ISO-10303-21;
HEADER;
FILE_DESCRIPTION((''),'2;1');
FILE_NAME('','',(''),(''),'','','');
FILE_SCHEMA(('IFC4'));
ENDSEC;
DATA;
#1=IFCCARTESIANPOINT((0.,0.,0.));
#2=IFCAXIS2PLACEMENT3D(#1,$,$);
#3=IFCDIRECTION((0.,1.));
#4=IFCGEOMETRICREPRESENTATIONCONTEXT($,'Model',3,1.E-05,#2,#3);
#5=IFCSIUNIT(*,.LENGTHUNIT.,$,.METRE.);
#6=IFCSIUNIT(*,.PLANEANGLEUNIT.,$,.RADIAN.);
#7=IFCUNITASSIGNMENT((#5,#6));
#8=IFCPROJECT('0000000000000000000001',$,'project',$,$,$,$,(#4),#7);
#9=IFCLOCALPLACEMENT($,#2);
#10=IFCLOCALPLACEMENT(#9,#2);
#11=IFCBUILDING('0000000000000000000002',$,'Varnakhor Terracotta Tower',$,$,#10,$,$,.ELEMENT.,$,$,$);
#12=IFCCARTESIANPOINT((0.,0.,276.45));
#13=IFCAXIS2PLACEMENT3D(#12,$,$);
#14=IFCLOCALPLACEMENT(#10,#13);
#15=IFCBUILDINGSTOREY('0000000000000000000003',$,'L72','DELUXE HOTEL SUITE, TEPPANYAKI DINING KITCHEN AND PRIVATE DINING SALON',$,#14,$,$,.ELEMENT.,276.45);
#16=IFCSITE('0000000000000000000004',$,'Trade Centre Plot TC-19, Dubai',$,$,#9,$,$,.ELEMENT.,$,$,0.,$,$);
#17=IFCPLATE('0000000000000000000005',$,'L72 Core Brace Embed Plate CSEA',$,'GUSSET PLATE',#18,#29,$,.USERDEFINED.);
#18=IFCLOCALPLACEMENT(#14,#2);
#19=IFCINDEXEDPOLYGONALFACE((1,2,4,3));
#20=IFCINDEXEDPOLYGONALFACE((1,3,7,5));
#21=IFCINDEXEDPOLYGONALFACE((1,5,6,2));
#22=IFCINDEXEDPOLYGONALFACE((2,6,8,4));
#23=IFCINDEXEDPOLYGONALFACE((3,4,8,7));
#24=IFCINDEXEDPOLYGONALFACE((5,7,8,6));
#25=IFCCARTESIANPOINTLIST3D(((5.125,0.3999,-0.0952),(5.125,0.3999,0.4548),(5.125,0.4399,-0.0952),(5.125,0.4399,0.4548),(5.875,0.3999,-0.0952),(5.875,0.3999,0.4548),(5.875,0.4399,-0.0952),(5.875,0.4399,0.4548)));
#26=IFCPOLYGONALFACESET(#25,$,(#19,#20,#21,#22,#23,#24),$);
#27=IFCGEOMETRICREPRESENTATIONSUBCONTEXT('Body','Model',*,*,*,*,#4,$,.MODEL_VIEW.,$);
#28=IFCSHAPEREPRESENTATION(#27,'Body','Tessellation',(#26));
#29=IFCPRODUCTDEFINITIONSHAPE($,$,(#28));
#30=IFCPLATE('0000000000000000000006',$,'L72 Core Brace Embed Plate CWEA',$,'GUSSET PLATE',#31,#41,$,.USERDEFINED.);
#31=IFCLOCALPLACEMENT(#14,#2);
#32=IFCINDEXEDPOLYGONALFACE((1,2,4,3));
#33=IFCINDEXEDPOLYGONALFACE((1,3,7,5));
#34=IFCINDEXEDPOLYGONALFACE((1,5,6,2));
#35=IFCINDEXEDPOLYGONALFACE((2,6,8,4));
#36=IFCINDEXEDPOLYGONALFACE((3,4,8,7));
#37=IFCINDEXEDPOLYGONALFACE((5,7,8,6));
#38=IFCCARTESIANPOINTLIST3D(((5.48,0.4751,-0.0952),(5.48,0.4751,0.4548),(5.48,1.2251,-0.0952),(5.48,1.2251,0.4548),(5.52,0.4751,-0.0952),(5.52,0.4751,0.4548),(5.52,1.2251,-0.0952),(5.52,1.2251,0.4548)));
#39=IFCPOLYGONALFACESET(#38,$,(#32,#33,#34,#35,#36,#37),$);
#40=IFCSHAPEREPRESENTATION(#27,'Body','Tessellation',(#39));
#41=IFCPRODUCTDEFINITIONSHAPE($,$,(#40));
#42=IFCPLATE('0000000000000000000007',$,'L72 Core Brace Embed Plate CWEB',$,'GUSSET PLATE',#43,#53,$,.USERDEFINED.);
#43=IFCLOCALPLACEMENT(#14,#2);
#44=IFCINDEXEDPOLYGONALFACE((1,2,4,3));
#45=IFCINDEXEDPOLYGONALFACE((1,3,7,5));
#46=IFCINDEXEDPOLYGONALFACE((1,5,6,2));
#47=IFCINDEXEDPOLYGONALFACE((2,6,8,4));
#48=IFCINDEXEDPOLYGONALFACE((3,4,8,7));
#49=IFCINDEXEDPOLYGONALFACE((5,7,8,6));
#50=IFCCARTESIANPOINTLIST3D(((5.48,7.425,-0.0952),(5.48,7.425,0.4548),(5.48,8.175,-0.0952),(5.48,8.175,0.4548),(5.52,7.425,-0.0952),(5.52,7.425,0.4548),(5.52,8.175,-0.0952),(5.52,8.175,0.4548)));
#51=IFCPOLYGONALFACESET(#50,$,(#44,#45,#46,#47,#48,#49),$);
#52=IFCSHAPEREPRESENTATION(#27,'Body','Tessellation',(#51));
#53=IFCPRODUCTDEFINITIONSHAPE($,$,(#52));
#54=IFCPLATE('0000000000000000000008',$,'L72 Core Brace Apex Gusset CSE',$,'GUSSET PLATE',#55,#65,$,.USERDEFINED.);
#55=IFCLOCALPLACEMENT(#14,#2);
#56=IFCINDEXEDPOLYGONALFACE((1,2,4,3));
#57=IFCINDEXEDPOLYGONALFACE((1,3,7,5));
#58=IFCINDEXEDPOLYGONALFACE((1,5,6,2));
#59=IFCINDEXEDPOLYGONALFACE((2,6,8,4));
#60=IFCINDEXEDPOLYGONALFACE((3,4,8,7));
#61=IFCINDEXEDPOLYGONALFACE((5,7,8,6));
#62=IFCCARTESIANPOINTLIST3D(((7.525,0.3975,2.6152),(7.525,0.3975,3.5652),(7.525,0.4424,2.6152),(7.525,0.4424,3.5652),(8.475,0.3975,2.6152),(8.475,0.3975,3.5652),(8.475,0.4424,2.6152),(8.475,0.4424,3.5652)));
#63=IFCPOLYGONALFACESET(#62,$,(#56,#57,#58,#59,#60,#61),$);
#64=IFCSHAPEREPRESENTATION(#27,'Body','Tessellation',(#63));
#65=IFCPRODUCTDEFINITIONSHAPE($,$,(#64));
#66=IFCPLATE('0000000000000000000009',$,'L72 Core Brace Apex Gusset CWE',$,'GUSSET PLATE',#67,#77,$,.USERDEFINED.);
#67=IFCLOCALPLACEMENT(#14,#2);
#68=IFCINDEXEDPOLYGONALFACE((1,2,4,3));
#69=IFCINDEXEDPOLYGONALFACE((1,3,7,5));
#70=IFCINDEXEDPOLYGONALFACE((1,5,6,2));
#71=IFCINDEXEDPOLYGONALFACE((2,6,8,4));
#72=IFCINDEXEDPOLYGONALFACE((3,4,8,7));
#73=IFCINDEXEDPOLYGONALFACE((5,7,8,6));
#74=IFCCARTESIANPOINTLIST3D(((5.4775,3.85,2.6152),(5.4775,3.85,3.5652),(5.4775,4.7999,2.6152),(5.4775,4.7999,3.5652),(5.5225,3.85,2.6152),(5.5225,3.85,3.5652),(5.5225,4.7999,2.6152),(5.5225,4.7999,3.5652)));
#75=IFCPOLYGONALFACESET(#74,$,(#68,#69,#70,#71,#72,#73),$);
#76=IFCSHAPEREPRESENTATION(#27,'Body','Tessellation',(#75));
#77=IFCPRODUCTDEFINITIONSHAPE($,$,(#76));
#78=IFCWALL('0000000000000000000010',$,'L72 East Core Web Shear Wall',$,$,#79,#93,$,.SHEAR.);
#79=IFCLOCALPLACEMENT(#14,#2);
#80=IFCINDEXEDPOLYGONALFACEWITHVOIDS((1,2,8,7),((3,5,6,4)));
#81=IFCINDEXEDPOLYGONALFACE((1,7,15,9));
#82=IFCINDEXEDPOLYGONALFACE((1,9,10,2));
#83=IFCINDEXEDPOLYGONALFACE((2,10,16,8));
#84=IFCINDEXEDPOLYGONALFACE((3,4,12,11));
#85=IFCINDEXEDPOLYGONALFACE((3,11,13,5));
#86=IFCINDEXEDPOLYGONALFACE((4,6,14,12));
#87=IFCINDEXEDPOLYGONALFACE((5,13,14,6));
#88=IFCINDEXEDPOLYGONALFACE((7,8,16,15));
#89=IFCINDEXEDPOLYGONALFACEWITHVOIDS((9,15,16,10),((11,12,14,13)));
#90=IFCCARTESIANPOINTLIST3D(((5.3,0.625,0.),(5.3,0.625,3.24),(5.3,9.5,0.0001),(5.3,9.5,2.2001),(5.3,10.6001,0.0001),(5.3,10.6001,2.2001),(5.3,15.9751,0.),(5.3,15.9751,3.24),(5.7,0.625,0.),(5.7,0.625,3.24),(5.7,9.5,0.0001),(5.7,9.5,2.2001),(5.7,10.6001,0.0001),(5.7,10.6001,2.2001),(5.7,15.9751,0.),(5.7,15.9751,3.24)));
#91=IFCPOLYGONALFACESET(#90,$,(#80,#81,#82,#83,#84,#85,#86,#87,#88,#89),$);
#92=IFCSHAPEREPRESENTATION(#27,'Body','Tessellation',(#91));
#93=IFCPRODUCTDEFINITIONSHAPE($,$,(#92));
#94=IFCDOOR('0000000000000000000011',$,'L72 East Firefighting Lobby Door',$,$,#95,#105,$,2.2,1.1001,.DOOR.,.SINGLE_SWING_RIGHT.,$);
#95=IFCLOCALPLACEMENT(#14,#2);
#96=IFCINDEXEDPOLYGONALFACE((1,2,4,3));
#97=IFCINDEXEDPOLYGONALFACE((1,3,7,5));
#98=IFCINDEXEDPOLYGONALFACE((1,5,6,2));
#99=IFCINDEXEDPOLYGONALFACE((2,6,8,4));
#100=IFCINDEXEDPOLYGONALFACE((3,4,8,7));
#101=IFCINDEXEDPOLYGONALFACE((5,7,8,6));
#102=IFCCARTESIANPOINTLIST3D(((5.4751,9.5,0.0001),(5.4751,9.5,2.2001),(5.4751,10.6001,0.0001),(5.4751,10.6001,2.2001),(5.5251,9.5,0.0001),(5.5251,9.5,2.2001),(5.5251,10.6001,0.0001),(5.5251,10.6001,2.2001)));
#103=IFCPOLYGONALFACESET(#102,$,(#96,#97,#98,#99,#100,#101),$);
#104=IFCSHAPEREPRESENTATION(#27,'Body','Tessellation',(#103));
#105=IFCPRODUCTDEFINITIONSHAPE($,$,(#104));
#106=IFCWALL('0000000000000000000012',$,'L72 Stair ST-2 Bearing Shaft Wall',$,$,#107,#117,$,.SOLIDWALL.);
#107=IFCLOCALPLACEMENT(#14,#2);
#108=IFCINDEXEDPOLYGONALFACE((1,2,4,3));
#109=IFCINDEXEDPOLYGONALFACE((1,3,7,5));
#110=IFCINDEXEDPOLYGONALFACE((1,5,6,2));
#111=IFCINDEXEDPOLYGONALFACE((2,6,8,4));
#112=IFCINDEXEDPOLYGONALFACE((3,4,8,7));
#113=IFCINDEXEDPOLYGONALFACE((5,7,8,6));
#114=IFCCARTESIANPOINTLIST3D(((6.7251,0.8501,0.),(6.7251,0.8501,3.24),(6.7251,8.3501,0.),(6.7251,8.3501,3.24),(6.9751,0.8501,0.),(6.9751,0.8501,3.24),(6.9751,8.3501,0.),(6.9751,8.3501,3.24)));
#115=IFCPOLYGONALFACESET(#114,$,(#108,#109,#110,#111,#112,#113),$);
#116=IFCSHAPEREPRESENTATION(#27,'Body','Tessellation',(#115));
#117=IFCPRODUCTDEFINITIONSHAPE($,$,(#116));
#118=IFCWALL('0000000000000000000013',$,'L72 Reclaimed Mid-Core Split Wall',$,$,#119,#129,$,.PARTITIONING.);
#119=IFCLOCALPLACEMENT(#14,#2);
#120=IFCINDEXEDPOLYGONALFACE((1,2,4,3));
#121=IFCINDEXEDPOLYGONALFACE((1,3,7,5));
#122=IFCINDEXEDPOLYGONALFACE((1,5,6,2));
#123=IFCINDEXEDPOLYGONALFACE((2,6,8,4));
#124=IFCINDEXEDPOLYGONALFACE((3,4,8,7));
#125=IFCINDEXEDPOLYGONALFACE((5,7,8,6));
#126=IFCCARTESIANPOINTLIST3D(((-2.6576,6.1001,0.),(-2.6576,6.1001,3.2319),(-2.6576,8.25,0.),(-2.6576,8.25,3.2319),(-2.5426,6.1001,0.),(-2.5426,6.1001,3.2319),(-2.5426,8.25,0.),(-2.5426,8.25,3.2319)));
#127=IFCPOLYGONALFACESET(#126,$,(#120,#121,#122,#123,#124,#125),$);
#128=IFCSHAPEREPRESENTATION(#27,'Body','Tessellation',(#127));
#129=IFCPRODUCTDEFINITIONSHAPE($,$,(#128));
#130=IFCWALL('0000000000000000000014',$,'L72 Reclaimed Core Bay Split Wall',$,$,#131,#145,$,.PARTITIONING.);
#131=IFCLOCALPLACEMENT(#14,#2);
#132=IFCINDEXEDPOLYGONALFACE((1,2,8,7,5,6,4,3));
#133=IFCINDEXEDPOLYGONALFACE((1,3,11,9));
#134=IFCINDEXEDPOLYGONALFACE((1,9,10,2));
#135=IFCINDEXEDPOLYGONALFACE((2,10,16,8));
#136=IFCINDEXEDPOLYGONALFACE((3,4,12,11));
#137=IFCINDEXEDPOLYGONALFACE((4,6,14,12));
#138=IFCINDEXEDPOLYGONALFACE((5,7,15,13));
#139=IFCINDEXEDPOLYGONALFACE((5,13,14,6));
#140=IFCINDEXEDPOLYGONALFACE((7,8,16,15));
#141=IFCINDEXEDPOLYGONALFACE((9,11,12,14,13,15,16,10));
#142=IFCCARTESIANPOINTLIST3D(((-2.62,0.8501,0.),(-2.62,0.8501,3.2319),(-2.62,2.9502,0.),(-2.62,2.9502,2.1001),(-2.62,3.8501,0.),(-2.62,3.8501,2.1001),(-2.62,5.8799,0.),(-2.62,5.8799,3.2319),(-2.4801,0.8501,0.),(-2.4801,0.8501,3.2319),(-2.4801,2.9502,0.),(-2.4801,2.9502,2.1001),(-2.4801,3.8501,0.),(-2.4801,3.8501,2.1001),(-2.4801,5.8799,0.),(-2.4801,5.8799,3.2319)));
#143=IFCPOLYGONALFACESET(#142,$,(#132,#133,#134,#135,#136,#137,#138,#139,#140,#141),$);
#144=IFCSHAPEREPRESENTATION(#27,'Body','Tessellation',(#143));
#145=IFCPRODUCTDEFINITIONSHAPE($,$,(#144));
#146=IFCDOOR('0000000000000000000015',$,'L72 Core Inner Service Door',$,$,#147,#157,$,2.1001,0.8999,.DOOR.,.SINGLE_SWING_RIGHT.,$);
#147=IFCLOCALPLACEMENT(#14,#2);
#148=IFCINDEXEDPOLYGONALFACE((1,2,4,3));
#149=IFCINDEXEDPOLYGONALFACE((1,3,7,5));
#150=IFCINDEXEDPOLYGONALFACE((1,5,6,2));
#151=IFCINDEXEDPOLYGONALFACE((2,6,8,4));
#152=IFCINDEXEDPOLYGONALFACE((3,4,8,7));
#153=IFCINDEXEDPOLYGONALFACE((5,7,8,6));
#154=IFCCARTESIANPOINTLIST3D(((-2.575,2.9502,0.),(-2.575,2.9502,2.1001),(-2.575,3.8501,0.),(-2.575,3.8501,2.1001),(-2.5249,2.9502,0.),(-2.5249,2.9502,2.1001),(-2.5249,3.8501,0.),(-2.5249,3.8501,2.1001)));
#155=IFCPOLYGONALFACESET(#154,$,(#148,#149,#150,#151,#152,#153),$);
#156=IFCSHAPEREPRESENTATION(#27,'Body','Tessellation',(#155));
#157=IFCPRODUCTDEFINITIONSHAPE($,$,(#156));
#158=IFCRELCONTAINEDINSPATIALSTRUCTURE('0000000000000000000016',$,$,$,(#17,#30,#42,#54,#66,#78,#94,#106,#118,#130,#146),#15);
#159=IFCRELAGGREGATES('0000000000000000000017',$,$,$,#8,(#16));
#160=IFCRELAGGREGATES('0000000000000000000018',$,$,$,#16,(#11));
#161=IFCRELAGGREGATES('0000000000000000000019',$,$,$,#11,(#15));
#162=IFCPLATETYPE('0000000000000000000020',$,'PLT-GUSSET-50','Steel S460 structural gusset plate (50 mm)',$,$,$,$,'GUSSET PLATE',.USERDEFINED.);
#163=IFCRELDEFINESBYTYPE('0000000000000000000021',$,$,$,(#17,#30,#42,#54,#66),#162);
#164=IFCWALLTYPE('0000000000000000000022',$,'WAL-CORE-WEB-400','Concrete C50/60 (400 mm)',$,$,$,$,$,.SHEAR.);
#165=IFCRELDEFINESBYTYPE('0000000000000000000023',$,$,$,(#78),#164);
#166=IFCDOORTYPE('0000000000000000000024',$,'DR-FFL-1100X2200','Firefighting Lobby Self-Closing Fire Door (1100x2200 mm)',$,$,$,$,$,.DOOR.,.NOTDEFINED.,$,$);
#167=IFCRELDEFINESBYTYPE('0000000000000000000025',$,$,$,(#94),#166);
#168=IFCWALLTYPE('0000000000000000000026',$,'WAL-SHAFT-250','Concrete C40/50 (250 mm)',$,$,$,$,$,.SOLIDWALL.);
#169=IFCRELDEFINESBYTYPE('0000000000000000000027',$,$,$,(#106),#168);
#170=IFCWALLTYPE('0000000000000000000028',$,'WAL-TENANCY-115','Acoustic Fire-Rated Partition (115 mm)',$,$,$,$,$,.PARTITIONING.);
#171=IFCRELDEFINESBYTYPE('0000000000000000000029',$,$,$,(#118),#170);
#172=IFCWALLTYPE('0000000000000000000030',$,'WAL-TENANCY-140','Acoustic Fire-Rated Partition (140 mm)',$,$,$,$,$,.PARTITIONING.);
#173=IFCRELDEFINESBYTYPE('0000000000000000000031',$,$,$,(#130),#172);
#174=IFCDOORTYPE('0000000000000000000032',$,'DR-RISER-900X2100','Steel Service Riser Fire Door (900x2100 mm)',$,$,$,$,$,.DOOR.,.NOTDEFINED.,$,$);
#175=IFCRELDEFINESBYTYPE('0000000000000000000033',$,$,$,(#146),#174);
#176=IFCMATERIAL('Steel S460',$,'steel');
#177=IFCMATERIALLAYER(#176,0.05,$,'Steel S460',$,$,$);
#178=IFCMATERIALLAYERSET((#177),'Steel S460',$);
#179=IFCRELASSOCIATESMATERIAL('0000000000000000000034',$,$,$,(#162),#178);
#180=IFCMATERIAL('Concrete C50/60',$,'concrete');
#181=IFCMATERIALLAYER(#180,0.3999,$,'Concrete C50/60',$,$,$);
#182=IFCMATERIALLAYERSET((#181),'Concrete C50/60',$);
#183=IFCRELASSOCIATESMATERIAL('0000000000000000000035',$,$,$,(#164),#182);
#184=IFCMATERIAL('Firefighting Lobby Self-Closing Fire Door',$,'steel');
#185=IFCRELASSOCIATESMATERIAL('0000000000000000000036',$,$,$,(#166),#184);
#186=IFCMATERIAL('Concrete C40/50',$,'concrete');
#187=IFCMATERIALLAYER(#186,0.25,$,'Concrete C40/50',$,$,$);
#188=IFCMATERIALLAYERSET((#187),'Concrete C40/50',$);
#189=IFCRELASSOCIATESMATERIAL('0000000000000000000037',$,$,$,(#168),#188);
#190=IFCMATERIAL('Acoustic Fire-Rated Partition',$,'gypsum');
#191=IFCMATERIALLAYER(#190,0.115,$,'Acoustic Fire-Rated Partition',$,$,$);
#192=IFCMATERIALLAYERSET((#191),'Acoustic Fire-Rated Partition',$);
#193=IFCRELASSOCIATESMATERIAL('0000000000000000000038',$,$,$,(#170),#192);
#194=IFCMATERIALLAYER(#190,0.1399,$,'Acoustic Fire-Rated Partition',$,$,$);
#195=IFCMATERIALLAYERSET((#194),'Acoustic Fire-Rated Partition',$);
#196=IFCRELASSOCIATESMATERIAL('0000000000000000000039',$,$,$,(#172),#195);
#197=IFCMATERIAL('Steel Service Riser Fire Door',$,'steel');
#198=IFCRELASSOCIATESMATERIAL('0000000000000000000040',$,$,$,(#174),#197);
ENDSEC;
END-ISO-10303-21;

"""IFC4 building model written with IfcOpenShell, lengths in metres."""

from ifc_helpers import new_model, si_unit, direction, frame, frame_2d, origin, origin_2d, place, context, subcontext, project, spatial, rectangle, extrude, source, transform, mapped, material, layer, layer_set, type_object, type_shapes, element, fill, save


model = new_model("IFC4")

# Units and contexts
model_context = context("Model", 3, precision=1e-05, world=origin(), true_north=direction((0.0, 1.0)))
body_context = subcontext(model_context, "Body", "Model", "MODEL_VIEW")
ifc_project = project(units=[si_unit("LENGTHUNIT", "METRE"), si_unit("PLANEANGLEUNIT", "RADIAN")], contexts=[model_context])

# Site, building, storey
site_placement = place(None, origin())
site = spatial("IfcSite", under=ifc_project, at=site_placement, Name="Trade Centre Plot TC-19, Dubai", CompositionType="ELEMENT", RefElevation=0.0)
building_placement = place(site_placement, origin())
building = spatial("IfcBuilding", under=site, at=building_placement, Name="Varnakhor Terracotta Tower", CompositionType="ELEMENT")
storey_placement = place(building_placement, frame((0.0, 0.0, 276.45)))
storey = spatial("IfcBuildingStorey", under=building, at=storey_placement, Name="L72", Description="DELUXE HOTEL SUITE, TEPPANYAKI DINING KITCHEN AND PRIVATE DINING SALON", CompositionType="ELEMENT", Elevation=276.45)

# Shared definitions
ifc_material_1 = material(Name="Concrete C50/60", Category="concrete")

# Shared definitions
ifc_material_2 = material(Name="Concrete C40/50", Category="concrete")

# Plates
ifc_material_3 = material(Name="Steel S460", Category="steel")
ifc_layer_1 = layer(ifc_material_3, 0.05, Name="Steel S460")
ifc_layer_set_1 = layer_set([ifc_layer_1], Name="Steel S460")
plate_type = type_object("IfcPlateType", Name="PLT-GUSSET-50", Description="Steel S460 structural gusset plate (50 mm)", ElementType="GUSSET PLATE", PredefinedType="USERDEFINED", material=ifc_layer_set_1)
shared_shape_1 = source(origin(), body_context, "Body", "SweptSolid", [
    extrude(rectangle(XDim=0.75, YDim=0.04, at=origin_2d()), origin(), (0.0, 0.0, 1.0), 0.55),
])
type_shapes(plate_type, [shared_shape_1])
for number, where, z_axis, x_axis, name in (
    (1, (5.5, 0.4199, -0.0952), (0.0, 0.0, 1.0), (1.0, 0.0, 0.0), "L72 Core Brace Embed Plate CSEA"),
    (2, (5.5, 0.8501, -0.0952), (0.0, 0.0, 1.0), (0.0, 1.0, 0.0), "L72 Core Brace Embed Plate CWEA"),
    (3, (5.5, 7.8, -0.0952), (0.0, 0.0, 1.0), (0.0, 1.0, 0.0), "L72 Core Brace Embed Plate CWEB"),
):
    element("IfcPlate", number, at=place(storey_placement, frame(where, z_axis=z_axis, x_axis=x_axis)), inside=storey, type_object=plate_type, Name=name, ObjectType="GUSSET PLATE", PredefinedType="USERDEFINED", context=body_context, shape_type="MappedRepresentation", body=[
        mapped(shared_shape_1, transform((0.0, 0.0, 0.0), scale=1.0)),
    ])
shared_shape_2 = source(origin(), body_context, "Body", "SweptSolid", [
    extrude(rectangle(XDim=0.95, YDim=0.0449, at=origin_2d()), origin(), (0.0, 0.0, 1.0), 0.95),
])
for number, where, z_axis, x_axis, name in (
    (4, (8.0, 0.4199, 2.6152), (0.0, 0.0, 1.0), (1.0, 0.0, 0.0), "L72 Core Brace Apex Gusset CSE"),
    (5, (5.5, 4.325, 2.6152), (0.0, 0.0, 1.0), (0.0, 1.0, 0.0), "L72 Core Brace Apex Gusset CWE"),
):
    element("IfcPlate", number, at=place(storey_placement, frame(where, z_axis=z_axis, x_axis=x_axis)), inside=storey, type_object=plate_type, Name=name, ObjectType="GUSSET PLATE", PredefinedType="USERDEFINED", context=body_context, shape_type="MappedRepresentation", body=[
        mapped(shared_shape_2, transform((0.0, 0.0, 0.0), scale=1.0)),
    ])

# Wall, opening, door
ifc_layer_2 = layer(ifc_material_1, 0.3999, Name="Concrete C50/60")
ifc_layer_set_2 = layer_set([ifc_layer_2], Name="Concrete C50/60")
wall_type_1 = type_object("IfcWallType", Name="WAL-CORE-WEB-400", Description="Concrete C50/60 (400 mm)", PredefinedType="SHEAR", material=ifc_layer_set_2)
wall_1_placement = place(storey_placement, frame((5.5, 0.625, 0.0), z_axis=(0.0, 0.0, 1.0), x_axis=(0.0, 1.0, 0.0)))
wall_1 = element("IfcWall", 6, at=wall_1_placement, inside=storey, type_object=wall_type_1, Name="L72 East Core Web Shear Wall", PredefinedType="SHEAR", context=body_context, shape_type="SweptSolid", body=[
    extrude(rectangle(XDim=15.3501, YDim=0.3999, at=frame_2d((7.675, 0.0))), origin(), (0.0, 0.0, 1.0), 3.24),
])
opening_1_placement = place(wall_1_placement, frame((8.875, 0.0, 0.0)))
opening_1 = element("IfcOpeningElement", 7, at=opening_1_placement, cuts=wall_1, PredefinedType="OPENING", context=body_context, shape_type="SweptSolid", body=[
    extrude(rectangle(XDim=1.1001, YDim=2.2, at=frame_2d((0.55, 1.1001))), frame((0.0, 0.21, 0.0), z_axis=(0.0, -1.0, 0.0), x_axis=(1.0, 0.0, 0.0)), (0.0, 0.0, 1.0), 0.4199),
])
ifc_material_4 = material(Name="Firefighting Lobby Self-Closing Fire Door", Category="steel")
door_type_1 = type_object("IfcDoorType", Name="DR-FFL-1100X2200", Description="Firefighting Lobby Self-Closing Fire Door (1100x2200 mm)", OperationType="NOTDEFINED", PredefinedType="DOOR", material=ifc_material_4)
shared_shape_3 = source(origin(), body_context, "Body", "SweptSolid", [
    extrude(rectangle(XDim=1.1001, YDim=2.2, at=frame_2d((0.55, 1.1001))), frame((0.0, 0.0249, 0.0), z_axis=(0.0, -1.0, 0.0), x_axis=(1.0, 0.0, 0.0)), (0.0, 0.0, 1.0), 0.05),
])
type_shapes(door_type_1, [shared_shape_3])
door_1_placement = place(opening_1_placement, origin())
door_1 = element("IfcDoor", 8, at=door_1_placement, inside=storey, type_object=door_type_1, Name="L72 East Firefighting Lobby Door", OperationType="SINGLE_SWING_RIGHT", OverallHeight=2.2, OverallWidth=1.1001, PredefinedType="DOOR", context=body_context, shape_type="MappedRepresentation", body=[
    mapped(shared_shape_3, transform((0.0, 0.0, 0.0), scale=1.0)),
])
fill(opening_1, door_1)

# Walls
ifc_layer_3 = layer(ifc_material_2, 0.25, Name="Concrete C40/50")
ifc_layer_set_3 = layer_set([ifc_layer_3], Name="Concrete C40/50")
wall_type_2 = type_object("IfcWallType", Name="WAL-SHAFT-250", Description="Concrete C40/50 (250 mm)", PredefinedType="SOLIDWALL", material=ifc_layer_set_3)
wall_2_placement = place(storey_placement, frame((6.8501, 0.8501, 0.0), z_axis=(0.0, 0.0, 1.0), x_axis=(0.0, 1.0, 0.0)))
element("IfcWall", 9, at=wall_2_placement, inside=storey, type_object=wall_type_2, Name="L72 Stair ST-2 Bearing Shaft Wall", PredefinedType="SOLIDWALL", context=body_context, shape_type="SweptSolid", body=[
    extrude(rectangle(XDim=7.5, YDim=0.25, at=frame_2d((3.75, 0.0))), origin(), (0.0, 0.0, 1.0), 3.24),
])
ifc_material_5 = material(Name="Acoustic Fire-Rated Partition", Category="gypsum")
ifc_layer_4 = layer(ifc_material_5, 0.115, Name="Acoustic Fire-Rated Partition")
ifc_layer_set_4 = layer_set([ifc_layer_4], Name="Acoustic Fire-Rated Partition")
wall_type_3 = type_object("IfcWallType", Name="WAL-TENANCY-115", Description="Acoustic Fire-Rated Partition (115 mm)", PredefinedType="PARTITIONING", material=ifc_layer_set_4)
wall_3_placement = place(storey_placement, frame((-2.6001, 6.1001, 0.0), z_axis=(0.0, 0.0, 1.0), x_axis=(0.0, 1.0, 0.0)))
element("IfcWall", 10, at=wall_3_placement, inside=storey, type_object=wall_type_3, Name="L72 Reclaimed Mid-Core Split Wall", PredefinedType="PARTITIONING", context=body_context, shape_type="SweptSolid", body=[
    extrude(rectangle(XDim=2.1499, YDim=0.115, at=frame_2d((1.075, 0.0))), origin(), (0.0, 0.0, 1.0), 3.2319),
])

# Wall, opening, door
ifc_layer_5 = layer(ifc_material_5, 0.1399, Name="Acoustic Fire-Rated Partition")
ifc_layer_set_5 = layer_set([ifc_layer_5], Name="Acoustic Fire-Rated Partition")
wall_type_4 = type_object("IfcWallType", Name="WAL-TENANCY-140", Description="Acoustic Fire-Rated Partition (140 mm)", PredefinedType="PARTITIONING", material=ifc_layer_set_5)
wall_4_placement = place(storey_placement, frame((-2.55, 0.8501, 0.0), z_axis=(0.0, 0.0, 1.0), x_axis=(0.0, 1.0, 0.0)))
wall_4 = element("IfcWall", 11, at=wall_4_placement, inside=storey, type_object=wall_type_4, Name="L72 Reclaimed Core Bay Split Wall", PredefinedType="PARTITIONING", context=body_context, shape_type="SweptSolid", body=[
    extrude(rectangle(XDim=5.0298, YDim=0.1399, at=frame_2d((2.5149, 0.0))), origin(), (0.0, 0.0, 1.0), 3.2319),
])
opening_2_placement = place(wall_4_placement, frame((2.1001, 0.0, 0.0)))
opening_2 = element("IfcOpeningElement", 12, at=opening_2_placement, cuts=wall_4, PredefinedType="OPENING", context=body_context, shape_type="SweptSolid", body=[
    extrude(rectangle(XDim=0.8999, YDim=2.1001, at=frame_2d((0.45, 1.05))), frame((0.0, 0.0801, 0.0), z_axis=(0.0, -1.0, 0.0), x_axis=(1.0, 0.0, 0.0)), (0.0, 0.0, 1.0), 0.1599),
])
ifc_material_6 = material(Name="Steel Service Riser Fire Door", Category="steel")
door_type_2 = type_object("IfcDoorType", Name="DR-RISER-900X2100", Description="Steel Service Riser Fire Door (900x2100 mm)", OperationType="NOTDEFINED", PredefinedType="DOOR", material=ifc_material_6)
shared_shape_4 = source(origin(), body_context, "Body", "SweptSolid", [
    extrude(rectangle(XDim=0.8999, YDim=2.1001, at=frame_2d((0.45, 1.05))), frame((0.0, 0.0249, 0.0), z_axis=(0.0, -1.0, 0.0), x_axis=(1.0, 0.0, 0.0)), (0.0, 0.0, 1.0), 0.05),
])
type_shapes(door_type_2, [shared_shape_4])
door_2_placement = place(opening_2_placement, origin())
door_2 = element("IfcDoor", 13, at=door_2_placement, inside=storey, type_object=door_type_2, Name="L72 Core Inner Service Door", OperationType="SINGLE_SWING_RIGHT", OverallHeight=2.1001, OverallWidth=0.8999, PredefinedType="DOOR", context=body_context, shape_type="MappedRepresentation", body=[
    mapped(shared_shape_4, transform((0.0, 0.0, 0.0), scale=1.0)),
])
fill(opening_2, door_2)

save(model, "model.ifc")
